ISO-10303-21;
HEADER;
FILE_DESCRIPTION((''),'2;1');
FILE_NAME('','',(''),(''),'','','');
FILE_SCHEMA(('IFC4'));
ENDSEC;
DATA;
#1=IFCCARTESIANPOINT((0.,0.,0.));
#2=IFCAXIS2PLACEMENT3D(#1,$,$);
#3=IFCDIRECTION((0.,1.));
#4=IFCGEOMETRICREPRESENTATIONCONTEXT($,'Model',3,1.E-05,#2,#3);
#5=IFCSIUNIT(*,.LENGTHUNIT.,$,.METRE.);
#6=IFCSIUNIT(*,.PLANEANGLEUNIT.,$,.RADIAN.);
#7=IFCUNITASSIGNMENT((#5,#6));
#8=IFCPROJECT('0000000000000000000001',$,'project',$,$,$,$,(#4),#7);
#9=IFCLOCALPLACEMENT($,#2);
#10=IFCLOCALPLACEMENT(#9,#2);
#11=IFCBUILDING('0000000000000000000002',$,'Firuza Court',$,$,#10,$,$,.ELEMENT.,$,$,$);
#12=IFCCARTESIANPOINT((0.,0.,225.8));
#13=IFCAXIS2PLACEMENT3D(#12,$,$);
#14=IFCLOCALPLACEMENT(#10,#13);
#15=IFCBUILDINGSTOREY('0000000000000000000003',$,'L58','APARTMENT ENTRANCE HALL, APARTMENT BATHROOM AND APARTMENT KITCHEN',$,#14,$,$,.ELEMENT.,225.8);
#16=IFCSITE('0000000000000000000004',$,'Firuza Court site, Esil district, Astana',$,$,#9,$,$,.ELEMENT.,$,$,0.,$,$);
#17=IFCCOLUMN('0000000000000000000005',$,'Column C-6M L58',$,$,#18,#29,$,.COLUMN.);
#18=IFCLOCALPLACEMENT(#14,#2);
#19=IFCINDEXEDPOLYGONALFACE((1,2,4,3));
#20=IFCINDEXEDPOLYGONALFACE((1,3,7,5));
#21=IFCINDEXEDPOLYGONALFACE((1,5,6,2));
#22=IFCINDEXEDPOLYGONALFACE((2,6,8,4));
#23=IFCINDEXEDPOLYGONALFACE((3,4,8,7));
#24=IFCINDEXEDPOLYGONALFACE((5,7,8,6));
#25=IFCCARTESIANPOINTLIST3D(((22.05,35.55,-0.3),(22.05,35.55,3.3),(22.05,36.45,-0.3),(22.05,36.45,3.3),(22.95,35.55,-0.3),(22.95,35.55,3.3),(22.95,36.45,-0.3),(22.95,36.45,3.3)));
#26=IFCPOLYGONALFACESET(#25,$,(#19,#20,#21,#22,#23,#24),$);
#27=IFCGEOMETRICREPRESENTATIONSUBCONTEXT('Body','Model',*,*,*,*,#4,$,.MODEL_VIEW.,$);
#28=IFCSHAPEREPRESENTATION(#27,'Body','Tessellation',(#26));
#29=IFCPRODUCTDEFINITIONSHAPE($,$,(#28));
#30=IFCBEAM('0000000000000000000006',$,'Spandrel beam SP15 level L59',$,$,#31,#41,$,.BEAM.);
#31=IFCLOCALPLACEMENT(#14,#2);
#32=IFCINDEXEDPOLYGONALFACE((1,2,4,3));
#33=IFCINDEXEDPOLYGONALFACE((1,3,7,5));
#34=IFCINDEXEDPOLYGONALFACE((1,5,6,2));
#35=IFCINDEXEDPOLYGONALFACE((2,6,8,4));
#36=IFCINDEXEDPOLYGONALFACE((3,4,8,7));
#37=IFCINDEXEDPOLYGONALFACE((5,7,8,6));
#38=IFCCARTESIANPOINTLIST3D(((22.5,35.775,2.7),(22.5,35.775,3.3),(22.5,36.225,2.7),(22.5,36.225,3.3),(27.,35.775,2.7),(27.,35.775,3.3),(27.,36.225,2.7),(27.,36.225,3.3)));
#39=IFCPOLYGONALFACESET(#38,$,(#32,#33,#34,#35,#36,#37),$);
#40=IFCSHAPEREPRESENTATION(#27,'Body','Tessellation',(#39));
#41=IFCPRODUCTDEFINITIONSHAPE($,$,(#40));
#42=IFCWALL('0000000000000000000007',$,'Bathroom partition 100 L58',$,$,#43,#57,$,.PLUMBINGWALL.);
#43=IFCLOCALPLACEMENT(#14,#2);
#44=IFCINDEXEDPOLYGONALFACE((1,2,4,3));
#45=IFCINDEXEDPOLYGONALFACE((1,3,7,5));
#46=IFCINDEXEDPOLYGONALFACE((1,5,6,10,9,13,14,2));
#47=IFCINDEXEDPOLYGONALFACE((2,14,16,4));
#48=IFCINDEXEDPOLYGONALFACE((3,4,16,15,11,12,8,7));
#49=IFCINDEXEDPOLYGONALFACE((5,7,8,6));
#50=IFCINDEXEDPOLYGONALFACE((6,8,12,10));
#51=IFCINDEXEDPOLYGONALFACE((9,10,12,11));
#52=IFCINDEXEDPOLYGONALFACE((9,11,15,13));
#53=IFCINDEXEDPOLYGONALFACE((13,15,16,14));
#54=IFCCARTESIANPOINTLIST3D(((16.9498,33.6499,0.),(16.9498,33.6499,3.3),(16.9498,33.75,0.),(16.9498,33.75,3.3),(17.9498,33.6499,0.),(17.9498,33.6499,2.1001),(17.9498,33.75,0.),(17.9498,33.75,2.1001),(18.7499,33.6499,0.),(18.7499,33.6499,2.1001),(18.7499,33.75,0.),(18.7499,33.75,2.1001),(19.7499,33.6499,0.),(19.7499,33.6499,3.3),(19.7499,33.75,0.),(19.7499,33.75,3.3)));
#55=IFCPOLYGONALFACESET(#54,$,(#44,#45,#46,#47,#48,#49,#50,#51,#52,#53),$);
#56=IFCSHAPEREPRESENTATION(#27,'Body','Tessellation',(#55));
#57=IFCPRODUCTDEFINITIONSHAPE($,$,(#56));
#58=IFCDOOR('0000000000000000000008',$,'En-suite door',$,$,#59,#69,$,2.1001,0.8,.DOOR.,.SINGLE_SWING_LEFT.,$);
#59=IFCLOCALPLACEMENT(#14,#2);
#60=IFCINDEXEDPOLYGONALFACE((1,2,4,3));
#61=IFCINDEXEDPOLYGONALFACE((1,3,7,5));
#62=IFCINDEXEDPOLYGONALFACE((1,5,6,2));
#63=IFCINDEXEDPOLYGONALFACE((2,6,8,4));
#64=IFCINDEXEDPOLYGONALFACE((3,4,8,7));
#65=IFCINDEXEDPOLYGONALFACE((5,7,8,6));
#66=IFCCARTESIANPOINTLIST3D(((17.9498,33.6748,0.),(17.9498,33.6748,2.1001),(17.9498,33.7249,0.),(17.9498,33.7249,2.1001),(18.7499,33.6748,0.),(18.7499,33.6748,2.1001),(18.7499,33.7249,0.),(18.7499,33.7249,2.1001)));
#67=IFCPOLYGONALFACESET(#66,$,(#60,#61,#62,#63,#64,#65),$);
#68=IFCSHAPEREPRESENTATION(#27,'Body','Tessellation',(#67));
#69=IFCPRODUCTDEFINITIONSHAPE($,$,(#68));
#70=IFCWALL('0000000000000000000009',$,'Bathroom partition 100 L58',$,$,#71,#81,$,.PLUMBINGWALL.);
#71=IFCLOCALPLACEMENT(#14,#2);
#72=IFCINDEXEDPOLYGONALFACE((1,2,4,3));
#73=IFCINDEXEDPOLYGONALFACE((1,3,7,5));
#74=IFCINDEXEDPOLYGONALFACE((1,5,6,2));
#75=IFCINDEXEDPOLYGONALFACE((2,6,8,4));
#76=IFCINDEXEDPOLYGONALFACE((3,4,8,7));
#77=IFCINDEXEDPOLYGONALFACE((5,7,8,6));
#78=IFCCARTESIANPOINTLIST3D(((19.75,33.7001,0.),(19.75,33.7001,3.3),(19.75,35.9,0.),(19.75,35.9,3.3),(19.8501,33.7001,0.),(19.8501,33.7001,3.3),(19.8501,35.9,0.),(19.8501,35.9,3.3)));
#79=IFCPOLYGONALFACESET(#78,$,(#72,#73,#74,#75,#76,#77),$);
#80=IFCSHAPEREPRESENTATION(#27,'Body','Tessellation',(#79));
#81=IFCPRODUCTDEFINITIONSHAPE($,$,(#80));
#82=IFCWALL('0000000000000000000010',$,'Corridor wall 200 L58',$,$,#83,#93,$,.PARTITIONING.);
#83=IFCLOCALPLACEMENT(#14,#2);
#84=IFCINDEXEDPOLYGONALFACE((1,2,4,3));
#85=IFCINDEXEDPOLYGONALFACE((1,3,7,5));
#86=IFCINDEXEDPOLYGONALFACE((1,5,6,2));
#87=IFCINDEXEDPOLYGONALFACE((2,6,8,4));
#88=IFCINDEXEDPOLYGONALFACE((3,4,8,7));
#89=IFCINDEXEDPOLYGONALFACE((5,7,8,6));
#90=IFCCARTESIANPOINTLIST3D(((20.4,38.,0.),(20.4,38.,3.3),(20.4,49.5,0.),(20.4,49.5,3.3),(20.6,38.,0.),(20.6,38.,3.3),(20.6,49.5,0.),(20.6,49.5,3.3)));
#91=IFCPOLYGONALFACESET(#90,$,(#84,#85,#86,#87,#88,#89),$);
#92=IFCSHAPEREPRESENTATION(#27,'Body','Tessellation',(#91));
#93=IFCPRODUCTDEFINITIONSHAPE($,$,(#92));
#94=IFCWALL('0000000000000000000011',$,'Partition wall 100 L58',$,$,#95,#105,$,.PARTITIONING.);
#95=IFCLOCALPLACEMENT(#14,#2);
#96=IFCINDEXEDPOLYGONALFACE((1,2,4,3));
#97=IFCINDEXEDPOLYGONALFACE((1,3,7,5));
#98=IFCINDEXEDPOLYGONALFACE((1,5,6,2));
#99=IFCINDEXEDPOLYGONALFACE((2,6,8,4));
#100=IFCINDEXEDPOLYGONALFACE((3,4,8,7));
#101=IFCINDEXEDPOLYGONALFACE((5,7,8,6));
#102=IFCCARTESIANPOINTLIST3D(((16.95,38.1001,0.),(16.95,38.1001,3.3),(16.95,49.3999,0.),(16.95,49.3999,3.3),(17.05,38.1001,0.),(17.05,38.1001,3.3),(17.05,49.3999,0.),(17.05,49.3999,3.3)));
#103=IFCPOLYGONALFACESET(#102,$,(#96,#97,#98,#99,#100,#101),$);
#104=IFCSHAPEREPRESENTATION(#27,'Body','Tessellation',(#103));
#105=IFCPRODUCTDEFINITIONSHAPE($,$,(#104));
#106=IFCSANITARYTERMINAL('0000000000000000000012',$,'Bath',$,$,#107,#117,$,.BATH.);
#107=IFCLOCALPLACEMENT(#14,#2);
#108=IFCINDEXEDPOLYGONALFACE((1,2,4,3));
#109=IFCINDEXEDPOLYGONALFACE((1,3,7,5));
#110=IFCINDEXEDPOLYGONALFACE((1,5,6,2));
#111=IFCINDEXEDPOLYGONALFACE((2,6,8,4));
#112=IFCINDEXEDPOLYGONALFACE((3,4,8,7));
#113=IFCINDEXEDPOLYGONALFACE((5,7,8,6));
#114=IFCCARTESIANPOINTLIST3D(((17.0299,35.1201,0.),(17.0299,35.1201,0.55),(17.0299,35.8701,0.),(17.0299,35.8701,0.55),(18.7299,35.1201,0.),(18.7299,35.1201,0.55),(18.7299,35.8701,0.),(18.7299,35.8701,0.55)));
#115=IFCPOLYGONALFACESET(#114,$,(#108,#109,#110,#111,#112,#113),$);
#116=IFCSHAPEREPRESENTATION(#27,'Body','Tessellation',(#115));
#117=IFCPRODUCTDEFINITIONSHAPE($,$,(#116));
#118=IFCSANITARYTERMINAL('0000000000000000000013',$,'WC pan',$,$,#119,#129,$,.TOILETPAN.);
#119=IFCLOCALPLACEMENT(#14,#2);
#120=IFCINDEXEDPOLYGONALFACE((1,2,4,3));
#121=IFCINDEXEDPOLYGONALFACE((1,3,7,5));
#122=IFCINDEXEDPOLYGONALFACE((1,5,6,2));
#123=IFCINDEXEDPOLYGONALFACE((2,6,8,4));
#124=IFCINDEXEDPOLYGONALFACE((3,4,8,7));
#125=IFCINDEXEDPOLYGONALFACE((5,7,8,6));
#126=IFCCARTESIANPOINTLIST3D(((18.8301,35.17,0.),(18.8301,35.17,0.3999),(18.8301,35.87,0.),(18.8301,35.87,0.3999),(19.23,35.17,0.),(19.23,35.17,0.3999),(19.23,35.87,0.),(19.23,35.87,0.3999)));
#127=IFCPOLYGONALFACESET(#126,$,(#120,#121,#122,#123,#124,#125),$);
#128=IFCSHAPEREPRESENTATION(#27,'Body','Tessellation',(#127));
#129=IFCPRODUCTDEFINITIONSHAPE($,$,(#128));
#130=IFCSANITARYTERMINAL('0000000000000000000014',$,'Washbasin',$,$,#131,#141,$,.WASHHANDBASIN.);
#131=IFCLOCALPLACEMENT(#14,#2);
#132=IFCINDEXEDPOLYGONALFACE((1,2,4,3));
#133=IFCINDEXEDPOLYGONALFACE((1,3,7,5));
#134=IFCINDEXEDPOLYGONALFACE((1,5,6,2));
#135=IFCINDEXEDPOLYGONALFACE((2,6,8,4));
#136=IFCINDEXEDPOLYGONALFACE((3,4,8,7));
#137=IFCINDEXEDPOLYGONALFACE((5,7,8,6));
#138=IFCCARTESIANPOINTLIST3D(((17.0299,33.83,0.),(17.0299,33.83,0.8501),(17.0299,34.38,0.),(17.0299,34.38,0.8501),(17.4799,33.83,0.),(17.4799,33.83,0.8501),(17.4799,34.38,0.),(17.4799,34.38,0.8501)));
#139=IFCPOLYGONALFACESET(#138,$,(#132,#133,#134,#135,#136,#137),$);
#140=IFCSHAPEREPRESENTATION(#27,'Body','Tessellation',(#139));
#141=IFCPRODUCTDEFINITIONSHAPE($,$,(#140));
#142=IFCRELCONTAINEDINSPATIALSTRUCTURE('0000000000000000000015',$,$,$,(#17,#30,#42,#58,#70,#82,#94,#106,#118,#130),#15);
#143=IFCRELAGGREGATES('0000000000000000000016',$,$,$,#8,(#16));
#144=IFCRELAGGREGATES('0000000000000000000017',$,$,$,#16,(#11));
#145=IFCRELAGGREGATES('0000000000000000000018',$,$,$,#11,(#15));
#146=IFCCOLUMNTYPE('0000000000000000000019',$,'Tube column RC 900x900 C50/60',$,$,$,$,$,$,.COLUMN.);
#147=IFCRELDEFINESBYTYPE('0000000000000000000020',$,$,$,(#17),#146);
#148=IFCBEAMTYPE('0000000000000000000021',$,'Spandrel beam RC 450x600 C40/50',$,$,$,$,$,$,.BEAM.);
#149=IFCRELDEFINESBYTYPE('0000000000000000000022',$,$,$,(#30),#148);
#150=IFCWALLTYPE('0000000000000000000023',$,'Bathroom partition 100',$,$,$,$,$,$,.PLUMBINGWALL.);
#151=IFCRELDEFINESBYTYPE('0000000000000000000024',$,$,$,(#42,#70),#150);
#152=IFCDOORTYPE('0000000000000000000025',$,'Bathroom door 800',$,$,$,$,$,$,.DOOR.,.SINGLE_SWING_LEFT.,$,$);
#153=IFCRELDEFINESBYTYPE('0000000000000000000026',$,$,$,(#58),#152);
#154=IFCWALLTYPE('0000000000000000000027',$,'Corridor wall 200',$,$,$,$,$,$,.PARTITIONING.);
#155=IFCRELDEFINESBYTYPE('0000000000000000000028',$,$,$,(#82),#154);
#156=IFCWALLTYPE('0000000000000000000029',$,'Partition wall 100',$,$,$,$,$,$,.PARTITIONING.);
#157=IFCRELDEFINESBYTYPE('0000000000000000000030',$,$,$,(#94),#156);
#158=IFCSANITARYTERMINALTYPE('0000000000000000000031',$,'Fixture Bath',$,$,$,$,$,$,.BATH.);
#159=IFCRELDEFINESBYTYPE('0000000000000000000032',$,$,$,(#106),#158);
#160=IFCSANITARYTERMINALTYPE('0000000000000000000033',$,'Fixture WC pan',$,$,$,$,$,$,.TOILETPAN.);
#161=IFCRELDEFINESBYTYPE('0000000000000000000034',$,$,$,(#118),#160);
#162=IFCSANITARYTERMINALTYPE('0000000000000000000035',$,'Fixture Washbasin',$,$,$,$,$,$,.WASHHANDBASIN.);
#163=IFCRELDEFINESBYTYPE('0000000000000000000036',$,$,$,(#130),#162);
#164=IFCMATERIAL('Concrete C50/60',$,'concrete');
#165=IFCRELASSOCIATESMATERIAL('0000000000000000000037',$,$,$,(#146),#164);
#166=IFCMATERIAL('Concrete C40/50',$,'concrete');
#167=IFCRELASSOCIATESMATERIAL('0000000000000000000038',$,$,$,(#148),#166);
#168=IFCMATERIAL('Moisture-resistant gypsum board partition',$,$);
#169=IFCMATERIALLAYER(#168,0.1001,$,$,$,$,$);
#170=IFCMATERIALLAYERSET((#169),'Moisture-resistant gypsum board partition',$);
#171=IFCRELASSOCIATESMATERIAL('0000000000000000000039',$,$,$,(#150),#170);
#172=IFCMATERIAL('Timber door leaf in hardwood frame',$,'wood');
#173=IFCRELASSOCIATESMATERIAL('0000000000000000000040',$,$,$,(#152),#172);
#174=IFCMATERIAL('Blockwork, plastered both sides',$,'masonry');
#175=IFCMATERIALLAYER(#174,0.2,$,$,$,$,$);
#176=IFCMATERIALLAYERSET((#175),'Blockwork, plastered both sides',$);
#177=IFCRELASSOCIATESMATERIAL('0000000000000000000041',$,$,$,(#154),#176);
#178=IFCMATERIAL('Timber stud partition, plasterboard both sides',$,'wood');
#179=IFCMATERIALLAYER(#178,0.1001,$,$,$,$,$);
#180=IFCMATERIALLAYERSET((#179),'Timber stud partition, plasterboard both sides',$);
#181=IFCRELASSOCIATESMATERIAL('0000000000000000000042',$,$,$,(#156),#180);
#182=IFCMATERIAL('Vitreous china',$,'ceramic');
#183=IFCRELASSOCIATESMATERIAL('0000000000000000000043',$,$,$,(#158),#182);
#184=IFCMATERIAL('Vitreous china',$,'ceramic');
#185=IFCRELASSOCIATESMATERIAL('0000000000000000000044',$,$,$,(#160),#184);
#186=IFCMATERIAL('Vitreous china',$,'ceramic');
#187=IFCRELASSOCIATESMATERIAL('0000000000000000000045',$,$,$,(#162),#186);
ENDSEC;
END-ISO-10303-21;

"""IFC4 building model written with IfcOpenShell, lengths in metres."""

from ifc_helpers import new_model, si_unit, direction, frame, frame_2d, origin, origin_2d, place, context, subcontext, project, spatial, rectangle, extrude, material, layer, layer_set, material_profile, profile_set, type_object, element, fill, save


model = new_model("IFC4")

# Units and contexts
model_context = context("Model", 3, precision=1e-05, world=origin(), true_north=direction((0.0, 1.0)))
body_context = subcontext(model_context, "Body", "Model", "MODEL_VIEW")
ifc_project = project(units=[si_unit("LENGTHUNIT", "METRE"), si_unit("PLANEANGLEUNIT", "RADIAN")], contexts=[model_context])

# Site, building, storey
site_placement = place(None, origin())
site = spatial("IfcSite", under=ifc_project, at=site_placement, Name="Firuza Court site, Esil district, Astana", CompositionType="ELEMENT", RefElevation=0.0)
building_placement = place(site_placement, origin())
building = spatial("IfcBuilding", under=site, at=building_placement, Name="Firuza Court", CompositionType="ELEMENT")
storey_placement = place(building_placement, frame((0.0, 0.0, 225.8)))
storey = spatial("IfcBuildingStorey", under=building, at=storey_placement, Name="L58", Description="APARTMENT ENTRANCE HALL, APARTMENT BATHROOM AND APARTMENT KITCHEN", CompositionType="ELEMENT", Elevation=225.8)

# Column
ifc_material_1 = material(Name="Concrete C50/60", Category="concrete")
ifc_material_profile_1 = material_profile(ifc_material_1, rectangle(XDim=0.8999, YDim=0.8999, at=origin_2d()), Name="RC 900x900")
ifc_profile_set_1 = profile_set([ifc_material_profile_1], Name="Concrete C50/60")
column_type = type_object("IfcColumnType", Name="Tube column RC 900x900 C50/60", PredefinedType="COLUMN", material=ifc_profile_set_1)
column_placement = place(storey_placement, frame((22.5, 36.0, -0.3), z_axis=(0.0, 0.0, 1.0), x_axis=(1.0, 0.0, 0.0)))
element("IfcColumn", 1, at=column_placement, inside=storey, type_object=column_type, Name="Column C-6M L58", PredefinedType="COLUMN", context=body_context, shape_type="SweptSolid", body=[
    extrude(rectangle(XDim=0.8999, YDim=0.8999, at=origin_2d()), origin(), (0.0, 0.0, 1.0), 3.6001),
])

# Beam
ifc_material_2 = material(Name="Concrete C40/50", Category="concrete")
ifc_material_profile_2 = material_profile(ifc_material_2, rectangle(XDim=0.45, YDim=0.6001, at=origin_2d()), Name="RC 450x600")
ifc_profile_set_2 = profile_set([ifc_material_profile_2], Name="Concrete C40/50")
beam_type = type_object("IfcBeamType", Name="Spandrel beam RC 450x600 C40/50", PredefinedType="BEAM", material=ifc_profile_set_2)
beam_placement = place(storey_placement, frame((22.5, 36.0, 3.0), z_axis=(1.0, 0.0, 0.0), x_axis=(0.0, 1.0, 0.0)))
element("IfcBeam", 2, at=beam_placement, inside=storey, type_object=beam_type, Name="Spandrel beam SP15 level L59", PredefinedType="BEAM", context=body_context, shape_type="SweptSolid", body=[
    extrude(rectangle(XDim=0.45, YDim=0.6001, at=origin_2d()), origin(), (0.0, 0.0, 1.0), 4.5),
])

# Wall, opening, door
ifc_material_3 = material(Name="Moisture-resistant gypsum board partition")
ifc_layer_1 = layer(ifc_material_3, 0.1001)
ifc_layer_set_1 = layer_set([ifc_layer_1], Name="Moisture-resistant gypsum board partition")
wall_type_1 = type_object("IfcWallType", Name="Bathroom partition 100", PredefinedType="PLUMBINGWALL", material=ifc_layer_set_1)
wall_1_placement = place(storey_placement, frame((16.95, 33.7, 0.0), z_axis=(0.0, 0.0, 1.0), x_axis=(1.0, 0.0, 0.0)))
wall_1 = element("IfcWall", 3, at=wall_1_placement, inside=storey, type_object=wall_type_1, Name="Bathroom partition 100 L58", PredefinedType="PLUMBINGWALL", context=body_context, shape_type="SweptSolid", body=[
    extrude(rectangle(XDim=2.8, YDim=0.1001, at=frame_2d((1.3999, 0.0))), origin(), (0.0, 0.0, 1.0), 3.3),
])
opening_placement = place(wall_1_placement, frame((1.0, 0.0, 0.0)))
opening = element("IfcOpeningElement", 4, at=opening_placement, cuts=wall_1, PredefinedType="OPENING", context=body_context, shape_type="SweptSolid", body=[
    extrude(rectangle(XDim=0.8, YDim=2.1001, at=frame_2d((0.3999, 1.05))), frame((0.0, 0.062, 0.0), z_axis=(0.0, -1.0, 0.0), x_axis=(1.0, 0.0, 0.0)), (0.0, 0.0, 1.0), 0.124),
])
ifc_material_4 = material(Name="Timber door leaf in hardwood frame", Category="wood")
door_type = type_object("IfcDoorType", Name="Bathroom door 800", OperationType="SINGLE_SWING_LEFT", PredefinedType="DOOR", material=ifc_material_4)
door_placement = place(opening_placement, origin())
door = element("IfcDoor", 5, at=door_placement, inside=storey, type_object=door_type, Name="En-suite door", OperationType="SINGLE_SWING_LEFT", OverallHeight=2.1001, OverallWidth=0.8, PredefinedType="DOOR", context=body_context, shape_type="SweptSolid", body=[
    extrude(rectangle(XDim=0.8, YDim=2.1001, at=frame_2d((0.3999, 1.05))), frame((0.0, 0.0249, 0.0), z_axis=(0.0, -1.0, 0.0), x_axis=(1.0, 0.0, 0.0)), (0.0, 0.0, 1.0), 0.05),
])
fill(opening, door)

# Walls
wall_2_placement = place(storey_placement, frame((19.8, 33.7, 0.0), z_axis=(0.0, 0.0, 1.0), x_axis=(0.0, 1.0, 0.0)))
element("IfcWall", 6, at=wall_2_placement, inside=storey, type_object=wall_type_1, Name="Bathroom partition 100 L58", PredefinedType="PLUMBINGWALL", context=body_context, shape_type="SweptSolid", body=[
    extrude(rectangle(XDim=2.2, YDim=0.1001, at=frame_2d((1.1001, 0.0))), origin(), (0.0, 0.0, 1.0), 3.3),
])
ifc_material_5 = material(Name="Blockwork, plastered both sides", Category="masonry")
ifc_layer_2 = layer(ifc_material_5, 0.2)
ifc_layer_set_2 = layer_set([ifc_layer_2], Name="Blockwork, plastered both sides")
wall_type_2 = type_object("IfcWallType", Name="Corridor wall 200", PredefinedType="PARTITIONING", material=ifc_layer_set_2)
wall_3_placement = place(storey_placement, frame((20.5, 38.0, 0.0), z_axis=(0.0, 0.0, 1.0), x_axis=(0.0, 1.0, 0.0)))
element("IfcWall", 7, at=wall_3_placement, inside=storey, type_object=wall_type_2, Name="Corridor wall 200 L58", PredefinedType="PARTITIONING", context=body_context, shape_type="SweptSolid", body=[
    extrude(rectangle(XDim=11.5, YDim=0.2, at=frame_2d((5.75, 0.0))), origin(), (0.0, 0.0, 1.0), 3.3),
])
ifc_material_6 = material(Name="Timber stud partition, plasterboard both sides", Category="wood")
ifc_layer_3 = layer(ifc_material_6, 0.1001)
ifc_layer_set_3 = layer_set([ifc_layer_3], Name="Timber stud partition, plasterboard both sides")
wall_type_3 = type_object("IfcWallType", Name="Partition wall 100", PredefinedType="PARTITIONING", material=ifc_layer_set_3)
wall_4_placement = place(storey_placement, frame((17.0, 38.1001, 0.0), z_axis=(0.0, 0.0, 1.0), x_axis=(0.0, 1.0, 0.0)))
element("IfcWall", 8, at=wall_4_placement, inside=storey, type_object=wall_type_3, Name="Partition wall 100 L58", PredefinedType="PARTITIONING", context=body_context, shape_type="SweptSolid", body=[
    extrude(rectangle(XDim=11.2998, YDim=0.1001, at=frame_2d((5.6499, 0.0))), origin(), (0.0, 0.0, 1.0), 3.3),
])

# Sanitary terminals
ifc_material_7 = material(Name="Vitreous china", Category="ceramic")
sanitary_terminal_type_1 = type_object("IfcSanitaryTerminalType", Name="Fixture Bath", PredefinedType="BATH", material=ifc_material_7)
sanitary_terminal_1_placement = place(storey_placement, frame((17.8799, 35.4951, 0.0), z_axis=(0.0, 0.0, 1.0), x_axis=(1.0, 0.0, 0.0)))
element("IfcSanitaryTerminal", 9, at=sanitary_terminal_1_placement, inside=storey, type_object=sanitary_terminal_type_1, Name="Bath", PredefinedType="BATH", context=body_context, shape_type="SweptSolid", body=[
    extrude(rectangle(XDim=1.7, YDim=0.75, at=origin_2d()), origin(), (0.0, 0.0, 1.0), 0.55),
])
ifc_material_8 = material(Name="Vitreous china", Category="ceramic")
sanitary_terminal_type_2 = type_object("IfcSanitaryTerminalType", Name="Fixture WC pan", PredefinedType="TOILETPAN", material=ifc_material_8)
sanitary_terminal_2_placement = place(storey_placement, frame((19.03, 35.52, 0.0), z_axis=(0.0, 0.0, 1.0), x_axis=(1.0, 0.0, 0.0)))
element("IfcSanitaryTerminal", 10, at=sanitary_terminal_2_placement, inside=storey, type_object=sanitary_terminal_type_2, Name="WC pan", PredefinedType="TOILETPAN", context=body_context, shape_type="SweptSolid", body=[
    extrude(rectangle(XDim=0.3999, YDim=0.7, at=origin_2d()), origin(), (0.0, 0.0, 1.0), 0.3999),
])
ifc_material_9 = material(Name="Vitreous china", Category="ceramic")
sanitary_terminal_type_3 = type_object("IfcSanitaryTerminalType", Name="Fixture Washbasin", PredefinedType="WASHHANDBASIN", material=ifc_material_9)
sanitary_terminal_3_placement = place(storey_placement, frame((17.2549, 34.105, 0.0), z_axis=(0.0, 0.0, 1.0), x_axis=(1.0, 0.0, 0.0)))
element("IfcSanitaryTerminal", 11, at=sanitary_terminal_3_placement, inside=storey, type_object=sanitary_terminal_type_3, Name="Washbasin", PredefinedType="WASHHANDBASIN", context=body_context, shape_type="SweptSolid", body=[
    extrude(rectangle(XDim=0.45, YDim=0.55, at=origin_2d()), origin(), (0.0, 0.0, 1.0), 0.8501),
])

save(model, "model.ifc")
